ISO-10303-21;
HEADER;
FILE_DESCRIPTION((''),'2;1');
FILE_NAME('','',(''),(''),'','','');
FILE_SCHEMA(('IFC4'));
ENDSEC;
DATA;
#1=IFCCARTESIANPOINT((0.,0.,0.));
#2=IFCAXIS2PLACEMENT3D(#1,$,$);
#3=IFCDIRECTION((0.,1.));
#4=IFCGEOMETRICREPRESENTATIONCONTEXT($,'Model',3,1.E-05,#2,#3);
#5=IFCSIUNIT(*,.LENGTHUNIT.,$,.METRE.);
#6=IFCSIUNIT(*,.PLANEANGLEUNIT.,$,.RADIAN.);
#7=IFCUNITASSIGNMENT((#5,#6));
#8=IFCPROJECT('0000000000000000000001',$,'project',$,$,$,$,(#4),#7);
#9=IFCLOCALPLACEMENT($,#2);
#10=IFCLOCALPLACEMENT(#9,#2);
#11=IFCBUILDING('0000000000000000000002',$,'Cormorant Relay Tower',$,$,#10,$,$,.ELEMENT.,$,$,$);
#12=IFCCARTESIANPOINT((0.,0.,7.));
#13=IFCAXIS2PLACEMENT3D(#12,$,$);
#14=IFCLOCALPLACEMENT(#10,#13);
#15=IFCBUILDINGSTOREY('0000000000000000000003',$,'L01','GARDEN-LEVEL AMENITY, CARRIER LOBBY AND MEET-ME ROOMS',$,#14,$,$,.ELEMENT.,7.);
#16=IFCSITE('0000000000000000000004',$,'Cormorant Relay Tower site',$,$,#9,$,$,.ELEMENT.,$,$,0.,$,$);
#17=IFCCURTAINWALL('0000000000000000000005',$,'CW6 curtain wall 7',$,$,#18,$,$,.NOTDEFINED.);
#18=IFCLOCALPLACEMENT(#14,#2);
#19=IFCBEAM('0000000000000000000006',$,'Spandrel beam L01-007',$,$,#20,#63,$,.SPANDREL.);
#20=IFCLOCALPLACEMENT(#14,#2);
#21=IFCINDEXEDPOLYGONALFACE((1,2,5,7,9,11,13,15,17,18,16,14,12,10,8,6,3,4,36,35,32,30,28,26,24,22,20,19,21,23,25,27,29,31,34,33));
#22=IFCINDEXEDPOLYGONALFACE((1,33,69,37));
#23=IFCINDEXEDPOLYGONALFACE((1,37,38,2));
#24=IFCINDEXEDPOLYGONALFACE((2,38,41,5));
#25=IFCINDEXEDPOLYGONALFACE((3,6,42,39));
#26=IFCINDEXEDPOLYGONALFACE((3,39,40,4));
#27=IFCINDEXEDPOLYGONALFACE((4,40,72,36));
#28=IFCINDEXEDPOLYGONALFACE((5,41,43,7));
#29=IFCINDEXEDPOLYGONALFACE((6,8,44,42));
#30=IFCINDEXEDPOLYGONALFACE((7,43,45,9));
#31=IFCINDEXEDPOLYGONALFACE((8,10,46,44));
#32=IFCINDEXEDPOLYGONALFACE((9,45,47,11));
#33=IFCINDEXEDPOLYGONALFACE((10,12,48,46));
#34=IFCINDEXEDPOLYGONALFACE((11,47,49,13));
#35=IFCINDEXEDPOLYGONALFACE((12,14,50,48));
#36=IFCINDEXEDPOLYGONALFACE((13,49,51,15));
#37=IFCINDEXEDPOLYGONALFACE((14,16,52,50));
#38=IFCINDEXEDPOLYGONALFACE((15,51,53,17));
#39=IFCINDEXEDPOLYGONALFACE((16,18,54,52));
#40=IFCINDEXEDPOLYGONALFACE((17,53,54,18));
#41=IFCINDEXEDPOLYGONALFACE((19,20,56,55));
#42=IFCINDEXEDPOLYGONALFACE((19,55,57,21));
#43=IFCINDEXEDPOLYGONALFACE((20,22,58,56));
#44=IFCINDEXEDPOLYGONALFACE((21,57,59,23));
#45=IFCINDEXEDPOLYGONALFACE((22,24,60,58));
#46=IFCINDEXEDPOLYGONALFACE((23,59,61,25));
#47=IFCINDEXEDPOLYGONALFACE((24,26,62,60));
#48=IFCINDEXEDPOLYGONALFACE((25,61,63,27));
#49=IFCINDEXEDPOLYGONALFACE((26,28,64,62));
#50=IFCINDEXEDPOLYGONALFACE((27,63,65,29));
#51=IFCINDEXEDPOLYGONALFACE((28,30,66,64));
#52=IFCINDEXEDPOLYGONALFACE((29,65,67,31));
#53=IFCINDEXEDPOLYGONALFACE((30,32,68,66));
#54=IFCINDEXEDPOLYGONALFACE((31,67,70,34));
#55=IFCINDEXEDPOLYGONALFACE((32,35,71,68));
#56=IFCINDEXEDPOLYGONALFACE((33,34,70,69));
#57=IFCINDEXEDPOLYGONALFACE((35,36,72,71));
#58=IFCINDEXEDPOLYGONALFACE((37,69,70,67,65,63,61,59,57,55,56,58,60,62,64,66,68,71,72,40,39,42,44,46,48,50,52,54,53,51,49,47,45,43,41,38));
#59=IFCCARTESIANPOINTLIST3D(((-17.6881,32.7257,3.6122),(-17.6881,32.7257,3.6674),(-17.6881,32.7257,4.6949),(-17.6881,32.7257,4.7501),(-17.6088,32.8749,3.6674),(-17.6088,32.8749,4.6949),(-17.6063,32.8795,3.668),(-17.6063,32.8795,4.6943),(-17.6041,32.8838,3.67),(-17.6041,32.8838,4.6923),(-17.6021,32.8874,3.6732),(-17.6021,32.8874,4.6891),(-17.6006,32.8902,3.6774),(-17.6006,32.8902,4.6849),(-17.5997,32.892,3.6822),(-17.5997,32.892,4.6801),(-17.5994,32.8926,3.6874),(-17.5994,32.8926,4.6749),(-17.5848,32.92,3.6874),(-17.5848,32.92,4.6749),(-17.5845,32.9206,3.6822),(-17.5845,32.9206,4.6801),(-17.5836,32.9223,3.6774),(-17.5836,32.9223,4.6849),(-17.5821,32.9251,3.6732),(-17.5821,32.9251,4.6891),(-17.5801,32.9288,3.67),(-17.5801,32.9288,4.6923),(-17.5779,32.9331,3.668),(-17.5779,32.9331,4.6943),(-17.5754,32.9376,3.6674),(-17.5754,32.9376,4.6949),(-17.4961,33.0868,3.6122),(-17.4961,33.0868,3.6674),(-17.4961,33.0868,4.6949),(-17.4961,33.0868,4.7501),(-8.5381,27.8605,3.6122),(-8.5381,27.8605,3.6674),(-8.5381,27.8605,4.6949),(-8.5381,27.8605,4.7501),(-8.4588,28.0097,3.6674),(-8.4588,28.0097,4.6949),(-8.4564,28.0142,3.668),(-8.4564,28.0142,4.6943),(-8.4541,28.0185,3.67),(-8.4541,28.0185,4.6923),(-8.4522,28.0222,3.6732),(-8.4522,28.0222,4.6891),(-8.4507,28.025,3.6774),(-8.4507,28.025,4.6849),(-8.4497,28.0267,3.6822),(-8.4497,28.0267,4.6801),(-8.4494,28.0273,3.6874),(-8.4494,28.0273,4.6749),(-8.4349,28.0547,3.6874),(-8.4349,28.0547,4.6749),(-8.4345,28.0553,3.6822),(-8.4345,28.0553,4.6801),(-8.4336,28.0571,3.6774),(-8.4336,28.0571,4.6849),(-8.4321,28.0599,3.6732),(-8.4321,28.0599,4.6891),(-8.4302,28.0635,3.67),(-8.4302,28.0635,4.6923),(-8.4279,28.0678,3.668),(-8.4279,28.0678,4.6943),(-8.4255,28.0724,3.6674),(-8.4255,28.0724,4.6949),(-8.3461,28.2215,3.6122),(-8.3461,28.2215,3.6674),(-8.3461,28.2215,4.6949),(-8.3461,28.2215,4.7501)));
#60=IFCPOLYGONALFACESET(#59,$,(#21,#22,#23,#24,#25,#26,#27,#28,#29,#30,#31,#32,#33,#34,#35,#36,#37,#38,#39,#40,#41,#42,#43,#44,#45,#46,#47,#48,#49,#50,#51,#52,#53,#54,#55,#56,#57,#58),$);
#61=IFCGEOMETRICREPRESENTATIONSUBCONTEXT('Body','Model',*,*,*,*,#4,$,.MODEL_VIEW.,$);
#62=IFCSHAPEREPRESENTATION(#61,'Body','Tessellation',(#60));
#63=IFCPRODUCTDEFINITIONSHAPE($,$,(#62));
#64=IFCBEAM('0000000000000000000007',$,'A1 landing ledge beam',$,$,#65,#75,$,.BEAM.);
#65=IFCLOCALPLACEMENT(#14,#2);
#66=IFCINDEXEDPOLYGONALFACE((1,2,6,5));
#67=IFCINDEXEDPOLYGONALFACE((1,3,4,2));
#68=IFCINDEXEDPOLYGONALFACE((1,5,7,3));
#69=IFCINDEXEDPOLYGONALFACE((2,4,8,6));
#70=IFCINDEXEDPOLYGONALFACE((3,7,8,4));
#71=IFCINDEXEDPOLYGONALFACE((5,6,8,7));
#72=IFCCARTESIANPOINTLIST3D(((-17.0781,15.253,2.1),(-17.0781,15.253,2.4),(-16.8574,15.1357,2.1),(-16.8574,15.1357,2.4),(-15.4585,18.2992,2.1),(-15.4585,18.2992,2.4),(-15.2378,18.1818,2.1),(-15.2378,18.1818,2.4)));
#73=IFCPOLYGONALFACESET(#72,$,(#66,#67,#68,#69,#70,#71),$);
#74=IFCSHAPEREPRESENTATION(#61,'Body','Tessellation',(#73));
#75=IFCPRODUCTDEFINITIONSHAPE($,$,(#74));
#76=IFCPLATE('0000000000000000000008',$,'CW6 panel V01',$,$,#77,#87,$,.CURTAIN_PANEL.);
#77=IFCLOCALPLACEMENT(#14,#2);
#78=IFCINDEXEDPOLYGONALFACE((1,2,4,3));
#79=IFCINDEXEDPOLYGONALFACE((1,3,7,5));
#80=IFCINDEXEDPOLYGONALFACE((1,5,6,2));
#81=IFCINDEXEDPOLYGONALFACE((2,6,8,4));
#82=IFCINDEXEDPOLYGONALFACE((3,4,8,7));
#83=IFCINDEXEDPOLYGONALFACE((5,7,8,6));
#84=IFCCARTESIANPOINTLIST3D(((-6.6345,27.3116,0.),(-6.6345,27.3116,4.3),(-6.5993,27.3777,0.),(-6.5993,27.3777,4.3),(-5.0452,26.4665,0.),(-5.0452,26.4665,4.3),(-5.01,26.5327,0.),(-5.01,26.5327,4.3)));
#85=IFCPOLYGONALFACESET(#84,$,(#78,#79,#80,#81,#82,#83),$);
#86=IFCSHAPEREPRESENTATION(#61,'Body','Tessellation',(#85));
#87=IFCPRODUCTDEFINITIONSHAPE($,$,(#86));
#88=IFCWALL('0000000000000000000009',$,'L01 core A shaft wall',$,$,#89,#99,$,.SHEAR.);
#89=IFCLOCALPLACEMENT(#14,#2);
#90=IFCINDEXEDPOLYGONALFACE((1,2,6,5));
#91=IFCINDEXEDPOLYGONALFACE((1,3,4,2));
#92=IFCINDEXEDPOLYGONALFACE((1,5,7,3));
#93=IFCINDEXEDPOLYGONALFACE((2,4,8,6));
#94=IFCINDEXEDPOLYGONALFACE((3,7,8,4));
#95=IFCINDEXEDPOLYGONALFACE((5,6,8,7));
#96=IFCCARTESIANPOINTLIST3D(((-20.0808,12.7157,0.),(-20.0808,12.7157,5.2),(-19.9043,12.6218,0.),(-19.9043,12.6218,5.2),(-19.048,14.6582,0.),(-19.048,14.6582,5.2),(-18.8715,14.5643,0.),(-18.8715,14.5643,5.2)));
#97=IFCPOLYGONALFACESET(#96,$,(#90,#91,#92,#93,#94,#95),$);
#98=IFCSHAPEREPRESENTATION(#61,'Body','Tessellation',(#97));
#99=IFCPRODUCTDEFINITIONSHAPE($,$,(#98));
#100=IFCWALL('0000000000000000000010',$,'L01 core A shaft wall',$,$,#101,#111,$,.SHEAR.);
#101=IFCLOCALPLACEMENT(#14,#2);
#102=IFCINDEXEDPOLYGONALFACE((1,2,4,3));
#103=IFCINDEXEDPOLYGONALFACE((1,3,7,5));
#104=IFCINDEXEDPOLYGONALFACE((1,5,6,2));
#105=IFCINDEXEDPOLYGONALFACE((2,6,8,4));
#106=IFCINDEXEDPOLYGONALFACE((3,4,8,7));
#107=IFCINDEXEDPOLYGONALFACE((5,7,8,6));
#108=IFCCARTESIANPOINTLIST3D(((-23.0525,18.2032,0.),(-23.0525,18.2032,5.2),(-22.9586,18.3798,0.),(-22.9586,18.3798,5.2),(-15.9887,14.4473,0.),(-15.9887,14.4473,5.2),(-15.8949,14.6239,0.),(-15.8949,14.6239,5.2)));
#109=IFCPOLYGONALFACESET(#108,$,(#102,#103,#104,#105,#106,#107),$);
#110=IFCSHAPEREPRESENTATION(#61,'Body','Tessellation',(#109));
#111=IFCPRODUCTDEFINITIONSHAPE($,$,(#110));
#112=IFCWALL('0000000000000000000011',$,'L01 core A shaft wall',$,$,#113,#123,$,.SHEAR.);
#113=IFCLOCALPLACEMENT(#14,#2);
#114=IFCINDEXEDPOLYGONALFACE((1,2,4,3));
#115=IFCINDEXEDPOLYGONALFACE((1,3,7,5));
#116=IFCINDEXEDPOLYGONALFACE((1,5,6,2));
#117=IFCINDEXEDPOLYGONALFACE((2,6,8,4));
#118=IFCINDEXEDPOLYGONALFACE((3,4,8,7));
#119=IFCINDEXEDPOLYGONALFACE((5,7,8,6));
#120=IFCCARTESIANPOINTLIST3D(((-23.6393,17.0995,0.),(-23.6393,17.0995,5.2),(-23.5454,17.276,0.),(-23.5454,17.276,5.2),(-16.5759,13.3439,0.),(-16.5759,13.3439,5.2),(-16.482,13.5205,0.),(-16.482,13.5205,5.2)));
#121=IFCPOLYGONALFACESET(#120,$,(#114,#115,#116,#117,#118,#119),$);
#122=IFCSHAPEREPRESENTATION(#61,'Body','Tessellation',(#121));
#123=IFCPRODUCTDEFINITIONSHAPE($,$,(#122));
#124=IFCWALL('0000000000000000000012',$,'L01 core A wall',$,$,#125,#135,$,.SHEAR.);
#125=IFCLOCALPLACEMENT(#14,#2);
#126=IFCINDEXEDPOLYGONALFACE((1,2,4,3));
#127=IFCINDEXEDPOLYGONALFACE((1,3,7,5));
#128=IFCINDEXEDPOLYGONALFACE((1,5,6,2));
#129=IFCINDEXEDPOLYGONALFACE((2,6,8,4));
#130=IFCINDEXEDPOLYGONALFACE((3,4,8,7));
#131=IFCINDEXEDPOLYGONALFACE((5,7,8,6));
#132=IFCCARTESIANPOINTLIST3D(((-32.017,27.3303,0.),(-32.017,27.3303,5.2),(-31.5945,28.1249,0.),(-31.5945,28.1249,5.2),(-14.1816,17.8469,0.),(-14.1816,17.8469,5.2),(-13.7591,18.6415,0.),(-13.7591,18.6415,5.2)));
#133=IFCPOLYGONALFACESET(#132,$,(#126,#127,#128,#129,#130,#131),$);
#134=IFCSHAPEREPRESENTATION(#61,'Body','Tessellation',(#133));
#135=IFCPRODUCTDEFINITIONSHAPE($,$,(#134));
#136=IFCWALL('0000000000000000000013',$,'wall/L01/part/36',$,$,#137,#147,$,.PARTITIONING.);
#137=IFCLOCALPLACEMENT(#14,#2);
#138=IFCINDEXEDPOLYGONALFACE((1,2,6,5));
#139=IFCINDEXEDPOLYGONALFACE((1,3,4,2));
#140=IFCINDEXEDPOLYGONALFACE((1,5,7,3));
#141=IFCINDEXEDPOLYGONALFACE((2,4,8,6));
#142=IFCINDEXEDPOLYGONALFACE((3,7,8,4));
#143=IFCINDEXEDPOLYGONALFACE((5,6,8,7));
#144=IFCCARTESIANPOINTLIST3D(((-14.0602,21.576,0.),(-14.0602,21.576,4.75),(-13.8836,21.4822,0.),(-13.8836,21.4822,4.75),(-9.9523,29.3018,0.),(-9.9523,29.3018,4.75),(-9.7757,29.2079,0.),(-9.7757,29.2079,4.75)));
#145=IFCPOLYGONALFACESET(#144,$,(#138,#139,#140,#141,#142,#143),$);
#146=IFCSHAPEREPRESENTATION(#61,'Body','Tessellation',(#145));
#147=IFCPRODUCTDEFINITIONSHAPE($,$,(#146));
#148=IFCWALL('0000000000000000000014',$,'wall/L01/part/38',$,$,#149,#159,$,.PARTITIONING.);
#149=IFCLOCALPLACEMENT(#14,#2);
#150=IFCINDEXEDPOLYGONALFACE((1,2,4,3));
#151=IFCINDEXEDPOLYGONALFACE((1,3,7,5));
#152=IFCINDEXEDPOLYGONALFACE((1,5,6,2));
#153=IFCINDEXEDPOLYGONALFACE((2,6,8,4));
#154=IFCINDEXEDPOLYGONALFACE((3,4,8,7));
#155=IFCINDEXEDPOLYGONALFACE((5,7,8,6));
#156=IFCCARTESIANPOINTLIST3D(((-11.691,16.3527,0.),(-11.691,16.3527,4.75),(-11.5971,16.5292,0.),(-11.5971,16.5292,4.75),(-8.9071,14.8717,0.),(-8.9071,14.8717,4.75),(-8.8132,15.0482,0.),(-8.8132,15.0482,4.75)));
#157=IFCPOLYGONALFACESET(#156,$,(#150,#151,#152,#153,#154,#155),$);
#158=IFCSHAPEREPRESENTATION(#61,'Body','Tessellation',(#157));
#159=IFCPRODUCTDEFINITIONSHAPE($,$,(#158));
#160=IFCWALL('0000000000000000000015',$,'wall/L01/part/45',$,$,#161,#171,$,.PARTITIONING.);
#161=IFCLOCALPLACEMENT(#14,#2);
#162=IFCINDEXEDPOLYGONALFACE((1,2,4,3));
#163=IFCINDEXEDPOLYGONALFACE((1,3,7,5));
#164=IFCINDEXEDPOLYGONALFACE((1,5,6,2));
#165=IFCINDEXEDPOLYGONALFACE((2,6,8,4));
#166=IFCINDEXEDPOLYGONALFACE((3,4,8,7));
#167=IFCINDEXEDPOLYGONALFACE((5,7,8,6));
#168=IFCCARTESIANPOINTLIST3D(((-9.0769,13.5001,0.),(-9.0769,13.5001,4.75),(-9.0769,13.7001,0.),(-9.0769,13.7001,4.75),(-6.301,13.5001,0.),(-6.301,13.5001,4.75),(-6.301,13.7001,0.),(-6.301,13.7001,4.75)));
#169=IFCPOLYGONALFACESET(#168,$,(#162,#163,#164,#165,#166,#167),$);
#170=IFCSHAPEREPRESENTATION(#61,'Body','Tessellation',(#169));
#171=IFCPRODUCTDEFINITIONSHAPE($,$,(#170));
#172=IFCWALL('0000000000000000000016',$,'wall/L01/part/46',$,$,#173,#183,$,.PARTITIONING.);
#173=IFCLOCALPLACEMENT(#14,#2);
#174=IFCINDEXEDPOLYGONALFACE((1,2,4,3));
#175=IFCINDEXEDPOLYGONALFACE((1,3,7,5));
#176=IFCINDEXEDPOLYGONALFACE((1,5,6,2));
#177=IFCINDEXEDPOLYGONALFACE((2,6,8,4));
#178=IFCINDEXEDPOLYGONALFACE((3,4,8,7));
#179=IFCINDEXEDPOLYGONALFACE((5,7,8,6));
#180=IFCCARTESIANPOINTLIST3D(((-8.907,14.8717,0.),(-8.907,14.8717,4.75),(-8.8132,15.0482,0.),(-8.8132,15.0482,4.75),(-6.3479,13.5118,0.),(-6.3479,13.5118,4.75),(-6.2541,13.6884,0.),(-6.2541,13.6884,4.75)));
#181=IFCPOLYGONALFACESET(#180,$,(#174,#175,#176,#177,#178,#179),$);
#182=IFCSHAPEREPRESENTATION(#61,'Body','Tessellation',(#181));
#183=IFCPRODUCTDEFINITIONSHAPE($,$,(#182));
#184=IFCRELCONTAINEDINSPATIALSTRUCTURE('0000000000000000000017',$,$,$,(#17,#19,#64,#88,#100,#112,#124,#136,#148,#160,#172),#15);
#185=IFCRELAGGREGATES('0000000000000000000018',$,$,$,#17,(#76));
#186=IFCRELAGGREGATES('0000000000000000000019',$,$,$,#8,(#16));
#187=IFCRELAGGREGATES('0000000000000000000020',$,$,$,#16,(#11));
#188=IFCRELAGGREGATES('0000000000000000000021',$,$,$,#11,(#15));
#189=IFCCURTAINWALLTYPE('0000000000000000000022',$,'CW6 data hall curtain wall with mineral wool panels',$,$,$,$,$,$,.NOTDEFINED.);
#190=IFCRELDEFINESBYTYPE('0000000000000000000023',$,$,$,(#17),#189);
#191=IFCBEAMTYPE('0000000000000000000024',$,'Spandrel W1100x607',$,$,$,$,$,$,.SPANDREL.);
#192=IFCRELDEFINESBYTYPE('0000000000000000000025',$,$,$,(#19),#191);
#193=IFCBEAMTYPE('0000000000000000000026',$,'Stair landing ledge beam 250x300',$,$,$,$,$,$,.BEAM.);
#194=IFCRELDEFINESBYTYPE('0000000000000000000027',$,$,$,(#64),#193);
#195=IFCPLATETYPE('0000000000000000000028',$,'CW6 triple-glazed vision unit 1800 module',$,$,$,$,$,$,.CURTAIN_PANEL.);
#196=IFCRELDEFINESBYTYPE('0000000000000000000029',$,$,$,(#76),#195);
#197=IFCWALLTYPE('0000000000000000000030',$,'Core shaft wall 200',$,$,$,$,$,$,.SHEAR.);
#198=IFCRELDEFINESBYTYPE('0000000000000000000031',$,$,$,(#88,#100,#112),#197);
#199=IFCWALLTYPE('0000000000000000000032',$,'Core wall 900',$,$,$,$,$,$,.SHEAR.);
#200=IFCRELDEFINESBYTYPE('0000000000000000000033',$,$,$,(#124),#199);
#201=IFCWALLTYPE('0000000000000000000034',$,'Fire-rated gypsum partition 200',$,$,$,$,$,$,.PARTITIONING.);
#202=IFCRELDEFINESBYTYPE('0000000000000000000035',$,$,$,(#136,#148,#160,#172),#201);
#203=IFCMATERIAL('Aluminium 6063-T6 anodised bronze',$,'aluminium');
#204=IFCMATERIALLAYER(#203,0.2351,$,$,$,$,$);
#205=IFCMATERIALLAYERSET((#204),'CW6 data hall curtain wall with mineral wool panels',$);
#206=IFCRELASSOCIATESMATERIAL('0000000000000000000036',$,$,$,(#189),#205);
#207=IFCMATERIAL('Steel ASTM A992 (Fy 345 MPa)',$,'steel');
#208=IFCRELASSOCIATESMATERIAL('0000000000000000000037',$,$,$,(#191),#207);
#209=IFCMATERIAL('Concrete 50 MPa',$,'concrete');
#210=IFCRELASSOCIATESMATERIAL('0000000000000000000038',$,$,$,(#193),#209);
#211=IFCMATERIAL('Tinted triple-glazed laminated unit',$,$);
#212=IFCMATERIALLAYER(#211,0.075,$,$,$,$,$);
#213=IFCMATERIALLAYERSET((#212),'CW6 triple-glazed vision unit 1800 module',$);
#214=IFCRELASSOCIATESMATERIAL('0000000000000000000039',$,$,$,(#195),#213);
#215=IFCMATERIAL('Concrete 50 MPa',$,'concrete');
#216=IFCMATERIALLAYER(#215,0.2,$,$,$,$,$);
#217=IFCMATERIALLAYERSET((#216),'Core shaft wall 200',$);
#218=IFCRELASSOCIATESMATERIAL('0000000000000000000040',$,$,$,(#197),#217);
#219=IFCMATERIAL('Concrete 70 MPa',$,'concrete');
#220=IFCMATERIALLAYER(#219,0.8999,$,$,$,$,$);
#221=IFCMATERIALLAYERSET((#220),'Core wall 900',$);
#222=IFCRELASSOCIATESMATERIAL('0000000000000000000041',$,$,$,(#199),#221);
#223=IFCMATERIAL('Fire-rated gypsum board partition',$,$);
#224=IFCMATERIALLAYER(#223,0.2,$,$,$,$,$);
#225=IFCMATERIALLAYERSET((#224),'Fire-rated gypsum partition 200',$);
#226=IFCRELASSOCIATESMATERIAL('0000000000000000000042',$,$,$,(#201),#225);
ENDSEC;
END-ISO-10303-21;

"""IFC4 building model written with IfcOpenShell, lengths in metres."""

from ifc_helpers import new_model, si_unit, direction, frame, frame_2d, origin, origin_2d, place, context, subcontext, project, spatial, rectangle, i_section, extrude, material, layer, layer_set, material_profile, profile_set, type_object, element, aggregate, save


model = new_model("IFC4")

# Units and contexts
model_context = context("Model", 3, precision=1e-05, world=origin(), true_north=direction((0.0, 1.0)))
body_context = subcontext(model_context, "Body", "Model", "MODEL_VIEW")
ifc_project = project(units=[si_unit("LENGTHUNIT", "METRE"), si_unit("PLANEANGLEUNIT", "RADIAN")], contexts=[model_context])

# Site, building, storey
site_placement = place(None, origin())
site = spatial("IfcSite", under=ifc_project, at=site_placement, Name="Cormorant Relay Tower site", CompositionType="ELEMENT", RefElevation=0.0)
building_placement = place(site_placement, origin())
building = spatial("IfcBuilding", under=site, at=building_placement, Name="Cormorant Relay Tower", CompositionType="ELEMENT")
storey_placement = place(building_placement, frame((0.0, 0.0, 7.0)))
storey = spatial("IfcBuildingStorey", under=building, at=storey_placement, Name="L01", Description="GARDEN-LEVEL AMENITY, CARRIER LOBBY AND MEET-ME ROOMS", CompositionType="ELEMENT", Elevation=7.0)

# Curtain wall
ifc_material_1 = material(Name="Aluminium 6063-T6 anodised bronze", Category="aluminium")
ifc_layer_1 = layer(ifc_material_1, 0.2351)
ifc_layer_set_1 = layer_set([ifc_layer_1], Name="CW6 data hall curtain wall with mineral wool panels")
curtain_wall_type = type_object("IfcCurtainWallType", Name="CW6 data hall curtain wall with mineral wool panels", PredefinedType="NOTDEFINED", material=ifc_layer_set_1)
curtain_wall_placement = place(storey_placement, origin())
curtain_wall = element("IfcCurtainWall", 1, at=curtain_wall_placement, inside=storey, type_object=curtain_wall_type, Name="CW6 curtain wall 7", PredefinedType="NOTDEFINED")

# Beams
ifc_material_2 = material(Name="Steel ASTM A992 (Fy 345 MPa)", Category="steel")
ifc_material_profile_1 = material_profile(ifc_material_2, i_section(OverallWidth=0.4089, OverallDepth=1.1379, WebThickness=0.031, FlangeThickness=0.0552, FilletRadius=0.02, at=origin_2d()), Name="W1100x607")
ifc_profile_set_1 = profile_set([ifc_material_profile_1], Name="Steel ASTM A992 (Fy 345 MPa)")
beam_type_1 = type_object("IfcBeamType", Name="Spandrel W1100x607", PredefinedType="SPANDREL", material=ifc_profile_set_1)
beam_1_placement = place(storey_placement, frame((-8.4421, 28.041, 4.1812), z_axis=(-0.882942, 0.469482, 0.0), x_axis=(-0.469482, -0.882942, 0.0)))
element("IfcBeam", 2, at=beam_1_placement, inside=storey, type_object=beam_type_1, Name="Spandrel beam L01-007", PredefinedType="SPANDREL", context=body_context, shape_type="SweptSolid", body=[
    extrude(i_section(OverallWidth=0.4089, OverallDepth=1.1379, WebThickness=0.031, FlangeThickness=0.0552, FilletRadius=0.02, at=origin_2d()), origin(), (0.0, 0.0, 1.0), 10.363),
])
ifc_material_3 = material(Name="Concrete 50 MPa", Category="concrete")
ifc_material_profile_2 = material_profile(ifc_material_3, rectangle(XDim=0.25, YDim=0.3, at=origin_2d()), Name="RC 250x300")
ifc_profile_set_2 = profile_set([ifc_material_profile_2], Name="Concrete 50 MPa")
beam_type_2 = type_object("IfcBeamType", Name="Stair landing ledge beam 250x300", PredefinedType="BEAM", material=ifc_profile_set_2)
beam_2_placement = place(storey_placement, frame((-16.9678, 15.1943, 2.25), z_axis=(0.469464, 0.882952, 0.0), x_axis=(-0.882952, 0.469464, 0.0)))
element("IfcBeam", 3, at=beam_2_placement, inside=storey, type_object=beam_type_2, Name="A1 landing ledge beam", PredefinedType="BEAM", context=body_context, shape_type="SweptSolid", body=[
    extrude(rectangle(XDim=0.25, YDim=0.3, at=origin_2d()), origin(), (0.0, 0.0, 1.0), 3.45),
])

# Plate
ifc_material_4 = material(Name="Tinted triple-glazed laminated unit")
ifc_layer_2 = layer(ifc_material_4, 0.075)
ifc_layer_set_2 = layer_set([ifc_layer_2], Name="CW6 triple-glazed vision unit 1800 module")
plate_type = type_object("IfcPlateType", Name="CW6 triple-glazed vision unit 1800 module", PredefinedType="CURTAIN_PANEL", material=ifc_layer_set_2)
plate_placement = place(storey_placement, frame((-5.8223, 26.9221, 0.0), z_axis=(0.0, 0.0, 1.0), x_axis=(-0.882948, 0.469472, 0.0)))
plate = element("IfcPlate", 4, at=plate_placement, type_object=plate_type, Name="CW6 panel V01", PredefinedType="CURTAIN_PANEL", context=body_context, shape_type="SweptSolid", body=[
    extrude(rectangle(XDim=1.8, YDim=0.075, at=origin_2d()), origin(), (0.0, 0.0, 1.0), 4.3),
])

# Walls
ifc_material_5 = material(Name="Concrete 50 MPa", Category="concrete")
ifc_layer_3 = layer(ifc_material_5, 0.2)
ifc_layer_set_3 = layer_set([ifc_layer_3], Name="Core shaft wall 200")
wall_type_1 = type_object("IfcWallType", Name="Core shaft wall 200", PredefinedType="SHEAR", material=ifc_layer_set_3)
wall_1_placement = place(storey_placement, frame((-18.9597, 14.6113, 0.0), z_axis=(0.0, 0.0, 1.0), x_axis=(-0.469447, -0.88296, 0.0)))
element("IfcWall", 5, at=wall_1_placement, inside=storey, type_object=wall_type_1, Name="L01 core A shaft wall", PredefinedType="SHEAR", context=body_context, shape_type="SweptSolid", body=[
    extrude(rectangle(XDim=2.2, YDim=0.2, at=frame_2d((1.1001, 0.0))), origin(), (0.0, 0.0, 1.0), 5.2),
])
wall_2_placement = place(storey_placement, frame((-15.9419, 14.5356, 0.0), z_axis=(0.0, 0.0, 1.0), x_axis=(-0.882947, 0.469473, 0.0)))
element("IfcWall", 6, at=wall_2_placement, inside=storey, type_object=wall_type_1, Name="L01 core A shaft wall", PredefinedType="SHEAR", context=body_context, shape_type="SweptSolid", body=[
    extrude(rectangle(XDim=8.0002, YDim=0.2, at=frame_2d((4.0, 0.0))), origin(), (0.0, 0.0, 1.0), 5.2),
])
wall_3_placement = place(storey_placement, frame((-16.5288, 13.4321, 0.0), z_axis=(0.0, 0.0, 1.0), x_axis=(-0.882953, 0.469462, 0.0)))
element("IfcWall", 7, at=wall_3_placement, inside=storey, type_object=wall_type_1, Name="L01 core A shaft wall", PredefinedType="SHEAR", context=body_context, shape_type="SweptSolid", body=[
    extrude(rectangle(XDim=7.9998, YDim=0.2, at=frame_2d((4.0, 0.0))), origin(), (0.0, 0.0, 1.0), 5.2),
])

# Shared definitions
ifc_material_6 = material(Name="Concrete 70 MPa", Category="concrete")
ifc_layer_4 = layer(ifc_material_6, 0.8999)
ifc_layer_set_4 = layer_set([ifc_layer_4], Name="Core wall 900")
wall_type_2 = type_object("IfcWallType", Name="Core wall 900", PredefinedType="SHEAR", material=ifc_layer_set_4)

# Walls
wall_4_placement = place(storey_placement, frame((-13.9702, 18.2441, 0.0), z_axis=(0.0, 0.0, 1.0), x_axis=(-0.882945, 0.469476, 0.0)))
element("IfcWall", 8, at=wall_4_placement, inside=storey, type_object=wall_type_2, Name="L01 core A wall", PredefinedType="SHEAR", context=body_context, shape_type="SweptSolid", body=[
    extrude(rectangle(XDim=20.2, YDim=0.8999, at=frame_2d((10.1001, 0.0))), origin(), (0.0, 0.0, 1.0), 5.2),
])
ifc_material_7 = material(Name="Fire-rated gypsum board partition")
ifc_layer_5 = layer(ifc_material_7, 0.2)
ifc_layer_set_5 = layer_set([ifc_layer_5], Name="Fire-rated gypsum partition 200")
wall_type_3 = type_object("IfcWallType", Name="Fire-rated gypsum partition 200", PredefinedType="PARTITIONING", material=ifc_layer_set_5)
wall_5_placement = place(storey_placement, frame((-9.864, 29.2549, 0.0), z_axis=(0.0, 0.0, 1.0), x_axis=(-0.469473, -0.882947, 0.0)))
element("IfcWall", 9, at=wall_5_placement, inside=storey, type_object=wall_type_3, Name="wall/L01/part/36", PredefinedType="PARTITIONING", context=body_context, shape_type="SweptSolid", body=[
    extrude(rectangle(XDim=8.75, YDim=0.2, at=frame_2d((4.375, 0.0))), origin(), (0.0, 0.0, 1.0), 4.75),
])
wall_6_placement = place(storey_placement, frame((-11.644, 16.4409, 0.0), z_axis=(0.0, 0.0, 1.0), x_axis=(0.882854, -0.469648, 0.0)))
element("IfcWall", 10, at=wall_6_placement, inside=storey, type_object=wall_type_3, Name="wall/L01/part/38", PredefinedType="PARTITIONING", context=body_context, shape_type="SweptSolid", body=[
    extrude(rectangle(XDim=3.1533, YDim=0.2, at=frame_2d((1.5767, 0.0))), origin(), (0.0, 0.0, 1.0), 4.75),
])
wall_7_placement = place(storey_placement, frame((-6.301, 13.6001, 0.0), z_axis=(0.0, 0.0, 1.0), x_axis=(-1.0, 0.0, 0.0)))
element("IfcWall", 11, at=wall_7_placement, inside=storey, type_object=wall_type_3, Name="wall/L01/part/45", PredefinedType="PARTITIONING", context=body_context, shape_type="SweptSolid", body=[
    extrude(rectangle(XDim=2.7759, YDim=0.2, at=frame_2d((1.3879, 0.0))), origin(), (0.0, 0.0, 1.0), 4.75),
])
wall_8_placement = place(storey_placement, frame((-6.301, 13.6001, 0.0), z_axis=(0.0, 0.0, 1.0), x_axis=(-0.883066, 0.46925, 0.0)))
element("IfcWall", 12, at=wall_8_placement, inside=storey, type_object=wall_type_3, Name="wall/L01/part/46", PredefinedType="PARTITIONING", context=body_context, shape_type="SweptSolid", body=[
    extrude(rectangle(XDim=2.8979, YDim=0.2, at=frame_2d((1.449, 0.0))), origin(), (0.0, 0.0, 1.0), 4.75),
])

aggregate(curtain_wall, [plate])

save(model, "model.ifc")
